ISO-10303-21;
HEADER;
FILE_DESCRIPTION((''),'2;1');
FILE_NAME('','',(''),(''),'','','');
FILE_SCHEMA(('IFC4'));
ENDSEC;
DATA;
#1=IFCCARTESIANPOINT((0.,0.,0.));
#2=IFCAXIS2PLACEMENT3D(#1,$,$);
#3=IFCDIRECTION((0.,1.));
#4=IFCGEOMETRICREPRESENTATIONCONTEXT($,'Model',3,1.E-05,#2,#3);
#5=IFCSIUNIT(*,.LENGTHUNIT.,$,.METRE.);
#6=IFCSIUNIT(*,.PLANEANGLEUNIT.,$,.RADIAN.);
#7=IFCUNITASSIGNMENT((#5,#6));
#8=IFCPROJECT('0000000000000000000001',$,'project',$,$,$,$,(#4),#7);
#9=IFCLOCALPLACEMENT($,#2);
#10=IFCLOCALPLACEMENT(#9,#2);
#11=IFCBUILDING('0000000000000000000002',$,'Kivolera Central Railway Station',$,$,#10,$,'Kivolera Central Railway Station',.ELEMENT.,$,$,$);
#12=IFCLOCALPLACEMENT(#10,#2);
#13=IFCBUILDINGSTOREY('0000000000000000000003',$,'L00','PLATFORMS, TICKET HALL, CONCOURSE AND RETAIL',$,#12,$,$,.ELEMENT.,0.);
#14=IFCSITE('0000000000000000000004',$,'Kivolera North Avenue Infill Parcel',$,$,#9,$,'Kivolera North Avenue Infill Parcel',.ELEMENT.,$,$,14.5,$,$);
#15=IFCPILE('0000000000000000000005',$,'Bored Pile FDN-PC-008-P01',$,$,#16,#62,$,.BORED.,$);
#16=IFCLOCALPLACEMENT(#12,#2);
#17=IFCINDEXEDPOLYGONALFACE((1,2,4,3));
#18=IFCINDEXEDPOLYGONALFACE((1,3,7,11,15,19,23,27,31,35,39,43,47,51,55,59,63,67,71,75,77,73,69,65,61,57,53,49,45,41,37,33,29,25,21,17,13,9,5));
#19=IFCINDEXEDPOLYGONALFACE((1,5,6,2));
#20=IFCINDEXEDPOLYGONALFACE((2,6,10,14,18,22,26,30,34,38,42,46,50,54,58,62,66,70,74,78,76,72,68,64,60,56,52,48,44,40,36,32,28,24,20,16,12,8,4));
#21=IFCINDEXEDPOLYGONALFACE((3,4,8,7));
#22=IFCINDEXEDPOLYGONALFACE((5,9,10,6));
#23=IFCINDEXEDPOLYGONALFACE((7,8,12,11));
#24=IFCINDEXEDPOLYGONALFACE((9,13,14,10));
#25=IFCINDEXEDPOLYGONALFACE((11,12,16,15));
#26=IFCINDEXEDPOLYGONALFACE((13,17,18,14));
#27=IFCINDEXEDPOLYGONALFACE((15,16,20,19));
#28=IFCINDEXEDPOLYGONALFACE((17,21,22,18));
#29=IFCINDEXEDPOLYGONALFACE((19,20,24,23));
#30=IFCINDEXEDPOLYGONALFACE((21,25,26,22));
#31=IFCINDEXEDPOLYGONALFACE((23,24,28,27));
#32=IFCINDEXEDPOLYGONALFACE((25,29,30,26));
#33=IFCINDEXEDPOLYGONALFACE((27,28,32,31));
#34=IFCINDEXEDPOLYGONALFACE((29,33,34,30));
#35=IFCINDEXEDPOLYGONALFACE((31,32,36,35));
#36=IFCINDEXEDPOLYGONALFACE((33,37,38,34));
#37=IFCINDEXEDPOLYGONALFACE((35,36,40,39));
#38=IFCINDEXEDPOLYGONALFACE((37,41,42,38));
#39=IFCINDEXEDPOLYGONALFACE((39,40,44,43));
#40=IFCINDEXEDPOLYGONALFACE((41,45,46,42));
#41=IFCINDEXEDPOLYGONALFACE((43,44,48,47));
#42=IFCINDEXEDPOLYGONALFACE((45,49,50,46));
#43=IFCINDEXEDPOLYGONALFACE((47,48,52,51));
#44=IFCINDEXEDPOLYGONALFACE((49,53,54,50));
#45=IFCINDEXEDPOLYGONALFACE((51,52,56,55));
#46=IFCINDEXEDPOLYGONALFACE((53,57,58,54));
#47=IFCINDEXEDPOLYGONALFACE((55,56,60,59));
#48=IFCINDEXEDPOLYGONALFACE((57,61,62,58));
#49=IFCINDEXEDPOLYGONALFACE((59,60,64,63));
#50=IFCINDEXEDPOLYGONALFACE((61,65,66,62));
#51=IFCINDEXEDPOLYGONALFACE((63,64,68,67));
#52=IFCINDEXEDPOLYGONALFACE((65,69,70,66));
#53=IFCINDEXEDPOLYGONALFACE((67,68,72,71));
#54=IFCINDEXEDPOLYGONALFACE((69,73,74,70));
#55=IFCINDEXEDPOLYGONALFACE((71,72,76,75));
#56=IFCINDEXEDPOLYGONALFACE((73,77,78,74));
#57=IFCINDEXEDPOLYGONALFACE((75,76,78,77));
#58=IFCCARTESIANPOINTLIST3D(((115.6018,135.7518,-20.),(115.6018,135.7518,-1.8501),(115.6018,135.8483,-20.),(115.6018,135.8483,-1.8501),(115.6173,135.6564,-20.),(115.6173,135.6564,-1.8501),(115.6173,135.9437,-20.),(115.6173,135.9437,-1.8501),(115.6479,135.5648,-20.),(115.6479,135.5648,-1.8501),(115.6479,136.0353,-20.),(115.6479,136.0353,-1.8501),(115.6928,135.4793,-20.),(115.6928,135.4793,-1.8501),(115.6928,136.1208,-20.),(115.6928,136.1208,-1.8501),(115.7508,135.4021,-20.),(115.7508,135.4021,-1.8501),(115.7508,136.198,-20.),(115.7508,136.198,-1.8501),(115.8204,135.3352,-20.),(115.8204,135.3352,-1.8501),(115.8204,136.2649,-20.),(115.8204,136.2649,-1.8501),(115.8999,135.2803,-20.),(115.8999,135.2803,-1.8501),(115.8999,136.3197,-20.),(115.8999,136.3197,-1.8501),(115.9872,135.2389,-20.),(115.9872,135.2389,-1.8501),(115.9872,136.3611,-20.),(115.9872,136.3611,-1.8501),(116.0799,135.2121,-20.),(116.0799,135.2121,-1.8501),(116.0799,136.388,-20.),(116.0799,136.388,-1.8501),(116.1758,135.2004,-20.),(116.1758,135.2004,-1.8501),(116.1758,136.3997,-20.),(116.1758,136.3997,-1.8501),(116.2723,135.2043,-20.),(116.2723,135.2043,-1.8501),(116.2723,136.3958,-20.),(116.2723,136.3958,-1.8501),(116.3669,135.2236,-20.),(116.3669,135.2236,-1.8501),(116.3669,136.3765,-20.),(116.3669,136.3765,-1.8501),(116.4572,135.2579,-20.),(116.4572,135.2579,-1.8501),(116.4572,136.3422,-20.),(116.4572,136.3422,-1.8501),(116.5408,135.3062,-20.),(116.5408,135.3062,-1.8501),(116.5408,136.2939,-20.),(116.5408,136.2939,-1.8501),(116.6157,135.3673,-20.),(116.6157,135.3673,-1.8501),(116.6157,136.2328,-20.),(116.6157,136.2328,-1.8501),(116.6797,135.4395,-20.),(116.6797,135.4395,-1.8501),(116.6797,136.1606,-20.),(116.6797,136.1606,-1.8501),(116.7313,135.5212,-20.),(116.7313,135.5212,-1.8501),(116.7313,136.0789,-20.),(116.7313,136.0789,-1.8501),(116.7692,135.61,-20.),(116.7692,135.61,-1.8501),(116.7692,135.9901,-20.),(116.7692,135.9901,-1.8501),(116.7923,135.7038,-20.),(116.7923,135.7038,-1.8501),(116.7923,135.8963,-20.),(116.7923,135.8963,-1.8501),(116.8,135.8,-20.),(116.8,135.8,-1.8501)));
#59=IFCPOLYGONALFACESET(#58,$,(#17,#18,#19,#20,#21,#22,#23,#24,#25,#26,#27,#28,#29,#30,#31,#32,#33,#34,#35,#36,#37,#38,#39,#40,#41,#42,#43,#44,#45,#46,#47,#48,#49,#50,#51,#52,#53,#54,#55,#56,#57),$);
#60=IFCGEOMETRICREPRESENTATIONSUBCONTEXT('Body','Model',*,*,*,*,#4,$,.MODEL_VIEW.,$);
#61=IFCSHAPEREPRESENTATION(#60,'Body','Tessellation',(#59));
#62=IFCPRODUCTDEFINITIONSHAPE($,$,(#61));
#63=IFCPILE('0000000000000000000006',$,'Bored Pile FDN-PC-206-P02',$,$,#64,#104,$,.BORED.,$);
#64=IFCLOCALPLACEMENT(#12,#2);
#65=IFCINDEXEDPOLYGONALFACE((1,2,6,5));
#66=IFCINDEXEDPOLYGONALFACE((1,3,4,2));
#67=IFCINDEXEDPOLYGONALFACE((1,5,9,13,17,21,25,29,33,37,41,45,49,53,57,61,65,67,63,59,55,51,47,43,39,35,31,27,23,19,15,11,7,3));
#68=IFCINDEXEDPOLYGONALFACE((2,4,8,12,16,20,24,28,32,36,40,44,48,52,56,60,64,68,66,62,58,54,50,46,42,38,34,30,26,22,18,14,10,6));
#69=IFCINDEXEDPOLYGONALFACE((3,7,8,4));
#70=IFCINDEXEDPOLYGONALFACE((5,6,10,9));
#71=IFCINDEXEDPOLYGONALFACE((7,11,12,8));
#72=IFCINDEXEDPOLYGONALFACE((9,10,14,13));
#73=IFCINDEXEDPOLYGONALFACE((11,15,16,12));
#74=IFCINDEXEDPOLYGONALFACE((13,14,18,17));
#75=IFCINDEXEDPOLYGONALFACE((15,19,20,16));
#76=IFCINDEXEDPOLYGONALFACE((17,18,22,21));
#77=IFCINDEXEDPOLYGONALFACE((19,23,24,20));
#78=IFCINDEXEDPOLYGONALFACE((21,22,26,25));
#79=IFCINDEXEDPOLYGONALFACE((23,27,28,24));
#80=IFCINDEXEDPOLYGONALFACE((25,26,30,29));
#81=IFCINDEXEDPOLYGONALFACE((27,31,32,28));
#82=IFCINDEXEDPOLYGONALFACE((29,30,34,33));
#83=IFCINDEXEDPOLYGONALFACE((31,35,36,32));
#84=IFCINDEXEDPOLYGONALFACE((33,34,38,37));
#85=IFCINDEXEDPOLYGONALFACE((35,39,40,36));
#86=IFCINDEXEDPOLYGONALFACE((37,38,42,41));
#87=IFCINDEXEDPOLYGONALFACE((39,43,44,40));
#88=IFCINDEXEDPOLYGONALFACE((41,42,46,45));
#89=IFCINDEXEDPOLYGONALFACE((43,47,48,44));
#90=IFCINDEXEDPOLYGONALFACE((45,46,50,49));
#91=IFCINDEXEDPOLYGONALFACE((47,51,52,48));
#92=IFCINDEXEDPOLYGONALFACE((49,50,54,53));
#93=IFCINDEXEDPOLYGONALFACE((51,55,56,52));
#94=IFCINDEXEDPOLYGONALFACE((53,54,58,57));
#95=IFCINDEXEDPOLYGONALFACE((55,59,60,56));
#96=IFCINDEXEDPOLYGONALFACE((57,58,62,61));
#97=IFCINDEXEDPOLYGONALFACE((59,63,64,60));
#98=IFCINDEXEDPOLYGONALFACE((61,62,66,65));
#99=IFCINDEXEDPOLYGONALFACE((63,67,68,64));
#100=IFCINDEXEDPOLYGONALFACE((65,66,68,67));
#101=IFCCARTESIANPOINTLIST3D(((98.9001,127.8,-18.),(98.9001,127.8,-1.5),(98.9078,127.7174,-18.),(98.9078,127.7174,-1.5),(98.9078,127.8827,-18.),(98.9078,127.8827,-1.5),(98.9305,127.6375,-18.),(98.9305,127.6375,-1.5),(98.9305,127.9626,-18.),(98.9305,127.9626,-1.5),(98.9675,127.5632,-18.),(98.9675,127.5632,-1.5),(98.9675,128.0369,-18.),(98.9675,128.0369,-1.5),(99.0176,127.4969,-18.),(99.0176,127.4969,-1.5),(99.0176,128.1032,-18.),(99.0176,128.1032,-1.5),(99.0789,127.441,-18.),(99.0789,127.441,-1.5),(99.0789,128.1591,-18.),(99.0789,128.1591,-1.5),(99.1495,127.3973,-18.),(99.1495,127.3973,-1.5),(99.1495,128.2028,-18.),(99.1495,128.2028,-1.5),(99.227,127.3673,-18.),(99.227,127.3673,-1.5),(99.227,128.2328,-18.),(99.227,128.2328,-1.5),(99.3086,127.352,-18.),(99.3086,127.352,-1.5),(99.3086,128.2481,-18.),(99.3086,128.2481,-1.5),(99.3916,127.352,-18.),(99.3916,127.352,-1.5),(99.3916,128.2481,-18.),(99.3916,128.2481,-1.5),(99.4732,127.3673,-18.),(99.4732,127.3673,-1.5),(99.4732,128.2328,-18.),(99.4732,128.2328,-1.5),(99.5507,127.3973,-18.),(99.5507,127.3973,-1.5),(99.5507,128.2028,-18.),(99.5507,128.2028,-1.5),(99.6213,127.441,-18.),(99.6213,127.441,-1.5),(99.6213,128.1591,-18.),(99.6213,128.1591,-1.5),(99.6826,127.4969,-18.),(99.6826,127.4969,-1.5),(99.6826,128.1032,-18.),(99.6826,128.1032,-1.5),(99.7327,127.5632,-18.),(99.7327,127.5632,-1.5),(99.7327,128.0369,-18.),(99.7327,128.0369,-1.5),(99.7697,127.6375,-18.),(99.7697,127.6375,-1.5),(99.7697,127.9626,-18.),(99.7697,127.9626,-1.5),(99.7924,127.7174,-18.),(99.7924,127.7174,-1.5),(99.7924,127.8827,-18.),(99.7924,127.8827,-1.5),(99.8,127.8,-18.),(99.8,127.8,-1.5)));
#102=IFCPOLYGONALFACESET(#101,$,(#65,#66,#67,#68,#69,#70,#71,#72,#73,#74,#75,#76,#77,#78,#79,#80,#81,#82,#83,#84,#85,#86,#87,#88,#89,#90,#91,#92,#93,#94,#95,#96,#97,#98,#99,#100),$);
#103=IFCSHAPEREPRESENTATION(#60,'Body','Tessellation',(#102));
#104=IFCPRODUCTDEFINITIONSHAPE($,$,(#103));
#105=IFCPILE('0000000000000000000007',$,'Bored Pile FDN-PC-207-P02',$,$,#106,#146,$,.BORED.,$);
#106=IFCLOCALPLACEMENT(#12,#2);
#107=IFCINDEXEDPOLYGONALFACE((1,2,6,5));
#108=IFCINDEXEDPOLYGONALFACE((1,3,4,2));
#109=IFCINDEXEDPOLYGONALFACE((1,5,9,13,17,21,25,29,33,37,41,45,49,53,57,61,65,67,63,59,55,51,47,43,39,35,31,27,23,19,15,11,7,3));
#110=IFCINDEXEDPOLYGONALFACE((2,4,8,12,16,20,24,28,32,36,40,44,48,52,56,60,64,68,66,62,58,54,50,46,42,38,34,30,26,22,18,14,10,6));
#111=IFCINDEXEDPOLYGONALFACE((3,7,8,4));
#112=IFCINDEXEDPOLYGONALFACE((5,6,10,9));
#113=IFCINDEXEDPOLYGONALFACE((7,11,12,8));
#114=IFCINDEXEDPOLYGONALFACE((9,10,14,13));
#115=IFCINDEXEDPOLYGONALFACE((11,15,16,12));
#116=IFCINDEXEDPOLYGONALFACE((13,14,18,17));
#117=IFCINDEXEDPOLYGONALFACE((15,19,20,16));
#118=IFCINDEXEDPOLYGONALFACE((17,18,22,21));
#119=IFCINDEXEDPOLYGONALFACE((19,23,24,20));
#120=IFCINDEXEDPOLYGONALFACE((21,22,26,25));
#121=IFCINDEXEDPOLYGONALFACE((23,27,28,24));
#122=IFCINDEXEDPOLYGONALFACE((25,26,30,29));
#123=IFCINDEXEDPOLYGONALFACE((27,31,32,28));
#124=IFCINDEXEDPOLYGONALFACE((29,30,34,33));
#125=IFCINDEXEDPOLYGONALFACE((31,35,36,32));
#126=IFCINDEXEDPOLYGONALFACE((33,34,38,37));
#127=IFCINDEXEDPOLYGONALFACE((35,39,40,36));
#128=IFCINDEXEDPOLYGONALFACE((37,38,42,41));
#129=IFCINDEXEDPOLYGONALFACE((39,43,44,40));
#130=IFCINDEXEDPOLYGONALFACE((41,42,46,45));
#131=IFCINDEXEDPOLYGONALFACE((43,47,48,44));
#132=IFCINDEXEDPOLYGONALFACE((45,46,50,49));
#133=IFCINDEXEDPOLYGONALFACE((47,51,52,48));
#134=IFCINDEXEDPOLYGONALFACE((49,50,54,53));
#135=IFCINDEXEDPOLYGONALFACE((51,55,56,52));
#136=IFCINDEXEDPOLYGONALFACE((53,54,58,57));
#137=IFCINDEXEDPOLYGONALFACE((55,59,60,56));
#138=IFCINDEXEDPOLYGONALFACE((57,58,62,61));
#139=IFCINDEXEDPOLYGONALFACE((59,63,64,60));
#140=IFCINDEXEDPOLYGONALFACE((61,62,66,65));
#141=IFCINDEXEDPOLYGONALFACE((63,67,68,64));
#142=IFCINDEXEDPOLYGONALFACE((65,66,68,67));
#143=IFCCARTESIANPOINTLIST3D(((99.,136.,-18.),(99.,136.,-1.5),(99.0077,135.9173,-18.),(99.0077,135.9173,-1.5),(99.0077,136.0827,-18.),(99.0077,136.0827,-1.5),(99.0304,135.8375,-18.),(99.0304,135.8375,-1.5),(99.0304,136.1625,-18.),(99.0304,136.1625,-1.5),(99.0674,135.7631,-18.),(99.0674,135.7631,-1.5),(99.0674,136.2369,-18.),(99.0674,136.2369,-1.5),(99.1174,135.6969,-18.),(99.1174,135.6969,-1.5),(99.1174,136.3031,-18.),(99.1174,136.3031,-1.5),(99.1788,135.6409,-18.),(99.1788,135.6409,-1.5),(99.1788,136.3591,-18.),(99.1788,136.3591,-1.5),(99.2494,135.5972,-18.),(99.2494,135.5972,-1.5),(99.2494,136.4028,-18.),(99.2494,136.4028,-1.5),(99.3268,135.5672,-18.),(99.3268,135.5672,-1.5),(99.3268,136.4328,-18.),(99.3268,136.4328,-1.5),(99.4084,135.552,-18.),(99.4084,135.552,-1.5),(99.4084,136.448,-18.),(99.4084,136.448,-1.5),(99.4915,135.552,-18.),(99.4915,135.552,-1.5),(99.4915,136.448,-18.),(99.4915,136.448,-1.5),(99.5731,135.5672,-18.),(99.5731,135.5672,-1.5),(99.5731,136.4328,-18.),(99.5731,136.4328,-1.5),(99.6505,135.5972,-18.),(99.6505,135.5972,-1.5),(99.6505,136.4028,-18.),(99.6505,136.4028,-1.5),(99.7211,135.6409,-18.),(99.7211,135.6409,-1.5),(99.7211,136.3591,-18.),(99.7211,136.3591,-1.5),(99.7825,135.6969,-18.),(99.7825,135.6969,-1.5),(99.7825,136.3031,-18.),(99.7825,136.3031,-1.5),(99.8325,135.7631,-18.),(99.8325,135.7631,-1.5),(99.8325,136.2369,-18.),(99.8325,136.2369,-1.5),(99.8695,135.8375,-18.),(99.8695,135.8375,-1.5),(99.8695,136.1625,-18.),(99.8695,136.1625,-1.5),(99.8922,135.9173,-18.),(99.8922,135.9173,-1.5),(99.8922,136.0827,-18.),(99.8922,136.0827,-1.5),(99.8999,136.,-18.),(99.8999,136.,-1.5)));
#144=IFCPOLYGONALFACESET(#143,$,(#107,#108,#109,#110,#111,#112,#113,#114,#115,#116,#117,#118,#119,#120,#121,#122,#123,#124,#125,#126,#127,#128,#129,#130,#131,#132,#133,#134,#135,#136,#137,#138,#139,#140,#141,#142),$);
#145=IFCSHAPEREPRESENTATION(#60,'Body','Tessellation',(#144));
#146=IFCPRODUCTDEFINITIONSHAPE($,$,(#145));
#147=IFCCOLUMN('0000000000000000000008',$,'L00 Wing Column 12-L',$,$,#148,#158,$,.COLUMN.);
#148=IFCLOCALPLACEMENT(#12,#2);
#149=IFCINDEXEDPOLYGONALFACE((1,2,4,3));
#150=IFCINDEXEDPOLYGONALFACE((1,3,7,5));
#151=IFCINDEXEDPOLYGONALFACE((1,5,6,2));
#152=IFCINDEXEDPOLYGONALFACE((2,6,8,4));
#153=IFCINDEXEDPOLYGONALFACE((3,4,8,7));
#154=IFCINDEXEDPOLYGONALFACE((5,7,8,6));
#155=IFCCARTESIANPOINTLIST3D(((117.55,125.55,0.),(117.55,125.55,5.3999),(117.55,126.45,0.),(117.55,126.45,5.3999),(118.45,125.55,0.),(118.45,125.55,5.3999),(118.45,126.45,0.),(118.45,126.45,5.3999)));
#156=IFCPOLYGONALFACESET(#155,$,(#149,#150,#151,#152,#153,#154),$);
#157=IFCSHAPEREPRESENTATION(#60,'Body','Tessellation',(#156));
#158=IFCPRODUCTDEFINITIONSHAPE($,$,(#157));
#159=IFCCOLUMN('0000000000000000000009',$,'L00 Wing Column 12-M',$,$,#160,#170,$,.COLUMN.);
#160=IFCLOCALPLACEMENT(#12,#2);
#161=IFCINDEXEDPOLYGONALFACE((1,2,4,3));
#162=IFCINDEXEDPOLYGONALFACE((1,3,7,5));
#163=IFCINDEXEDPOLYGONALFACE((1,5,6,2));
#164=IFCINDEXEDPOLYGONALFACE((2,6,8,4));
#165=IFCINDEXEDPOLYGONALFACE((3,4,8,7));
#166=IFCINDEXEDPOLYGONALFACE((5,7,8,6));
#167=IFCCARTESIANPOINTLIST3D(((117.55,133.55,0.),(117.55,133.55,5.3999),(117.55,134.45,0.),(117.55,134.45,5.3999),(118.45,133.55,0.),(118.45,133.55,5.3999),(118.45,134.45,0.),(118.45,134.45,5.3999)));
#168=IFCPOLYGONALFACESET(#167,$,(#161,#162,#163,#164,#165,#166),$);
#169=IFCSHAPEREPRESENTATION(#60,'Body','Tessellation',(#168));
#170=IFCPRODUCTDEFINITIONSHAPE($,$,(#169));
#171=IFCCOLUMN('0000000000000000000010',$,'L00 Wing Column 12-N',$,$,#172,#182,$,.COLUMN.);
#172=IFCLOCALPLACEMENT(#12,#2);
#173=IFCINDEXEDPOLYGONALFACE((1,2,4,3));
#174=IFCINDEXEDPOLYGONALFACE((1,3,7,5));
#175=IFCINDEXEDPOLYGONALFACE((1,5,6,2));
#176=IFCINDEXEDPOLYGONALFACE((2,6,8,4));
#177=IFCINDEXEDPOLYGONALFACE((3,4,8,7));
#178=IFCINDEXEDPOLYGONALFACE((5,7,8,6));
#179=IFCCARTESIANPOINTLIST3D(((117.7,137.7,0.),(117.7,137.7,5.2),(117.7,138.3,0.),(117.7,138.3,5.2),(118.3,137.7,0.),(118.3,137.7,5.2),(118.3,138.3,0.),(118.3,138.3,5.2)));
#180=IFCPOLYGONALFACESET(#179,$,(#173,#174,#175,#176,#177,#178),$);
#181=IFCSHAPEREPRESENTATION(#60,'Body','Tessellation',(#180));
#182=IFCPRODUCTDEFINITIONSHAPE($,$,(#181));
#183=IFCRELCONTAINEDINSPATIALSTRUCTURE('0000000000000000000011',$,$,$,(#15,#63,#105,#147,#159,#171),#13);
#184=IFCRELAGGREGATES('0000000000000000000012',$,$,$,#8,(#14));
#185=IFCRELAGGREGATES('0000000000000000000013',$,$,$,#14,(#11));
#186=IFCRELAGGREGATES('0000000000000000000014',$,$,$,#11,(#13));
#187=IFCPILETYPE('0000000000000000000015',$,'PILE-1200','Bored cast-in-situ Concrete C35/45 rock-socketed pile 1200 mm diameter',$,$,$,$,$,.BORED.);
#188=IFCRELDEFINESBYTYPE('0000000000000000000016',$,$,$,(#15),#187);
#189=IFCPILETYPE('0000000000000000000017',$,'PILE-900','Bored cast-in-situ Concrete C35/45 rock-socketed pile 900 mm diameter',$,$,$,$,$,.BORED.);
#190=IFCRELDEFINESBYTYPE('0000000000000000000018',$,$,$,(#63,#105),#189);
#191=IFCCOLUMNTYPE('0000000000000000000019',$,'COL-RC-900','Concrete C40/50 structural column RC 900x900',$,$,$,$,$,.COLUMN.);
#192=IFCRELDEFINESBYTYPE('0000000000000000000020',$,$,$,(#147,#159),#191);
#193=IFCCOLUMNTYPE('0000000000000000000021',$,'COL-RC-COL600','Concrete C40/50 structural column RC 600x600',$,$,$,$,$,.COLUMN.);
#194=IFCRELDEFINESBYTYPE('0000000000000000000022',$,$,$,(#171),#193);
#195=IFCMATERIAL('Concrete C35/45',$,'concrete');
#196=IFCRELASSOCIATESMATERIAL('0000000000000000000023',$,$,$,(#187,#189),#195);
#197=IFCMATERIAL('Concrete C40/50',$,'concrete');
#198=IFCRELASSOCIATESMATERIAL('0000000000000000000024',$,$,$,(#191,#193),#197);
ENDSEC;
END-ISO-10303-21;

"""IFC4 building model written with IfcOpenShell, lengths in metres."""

from ifc_helpers import new_model, si_unit, direction, frame, origin, origin_2d, place, context, subcontext, project, spatial, rectangle, circle, extrude, material, material_profile, profile_set, type_object, element, save


model = new_model("IFC4")

# Units and contexts
model_context = context("Model", 3, precision=1e-05, world=origin(), true_north=direction((0.0, 1.0)))
body_context = subcontext(model_context, "Body", "Model", "MODEL_VIEW")
ifc_project = project(units=[si_unit("LENGTHUNIT", "METRE"), si_unit("PLANEANGLEUNIT", "RADIAN")], contexts=[model_context])

# Site, building, storey
site_placement = place(None, origin())
site = spatial("IfcSite", under=ifc_project, at=site_placement, Name="Kivolera North Avenue Infill Parcel", LongName="Kivolera North Avenue Infill Parcel", CompositionType="ELEMENT", RefElevation=14.5)
building_placement = place(site_placement, origin())
building = spatial("IfcBuilding", under=site, at=building_placement, Name="Kivolera Central Railway Station", LongName="Kivolera Central Railway Station", CompositionType="ELEMENT")
storey_placement = place(building_placement, origin())
storey = spatial("IfcBuildingStorey", under=building, at=storey_placement, Name="L00", Description="PLATFORMS, TICKET HALL, CONCOURSE AND RETAIL", CompositionType="ELEMENT", Elevation=0.0)

# Shared definitions
ifc_material_1 = material(Name="Concrete C35/45", Category="concrete")

# Piles
ifc_material_profile_1 = material_profile(ifc_material_1, circle(Radius=0.6001, at=origin_2d()), Name="PILE D1200")
ifc_profile_set_1 = profile_set([ifc_material_profile_1], Name="Concrete C35/45")
pile_type_1 = type_object("IfcPileType", Name="PILE-1200", Description="Bored cast-in-situ Concrete C35/45 rock-socketed pile 1200 mm diameter", PredefinedType="BORED", material=ifc_profile_set_1)
for number, where, z_axis, x_axis, name in (
    (1, (116.2, 135.8, -1.8501), (0.0, 0.0, -1.0), (1.0, 0.0, 0.0), "Bored Pile FDN-PC-008-P01"),
):
    element("IfcPile", number, at=place(storey_placement, frame(where, z_axis=z_axis, x_axis=x_axis)), inside=storey, type_object=pile_type_1, Name=name, PredefinedType="BORED", context=body_context, shape_type="SweptSolid", body=[
        extrude(circle(Radius=0.6001, at=origin_2d()), origin(), (0.0, 0.0, 1.0), 18.1499),
    ])
ifc_material_profile_2 = material_profile(ifc_material_1, circle(Radius=0.45, at=origin_2d()), Name="PILE D900")
ifc_profile_set_2 = profile_set([ifc_material_profile_2], Name="Concrete C35/45")
pile_type_2 = type_object("IfcPileType", Name="PILE-900", Description="Bored cast-in-situ Concrete C35/45 rock-socketed pile 900 mm diameter", PredefinedType="BORED", material=ifc_profile_set_2)
for number, where, z_axis, x_axis, name in (
    (2, (99.3501, 127.8, -1.5), (0.0, 0.0, -1.0), (1.0, 0.0, 0.0), "Bored Pile FDN-PC-206-P02"),
    (3, (99.45, 136.0, -1.5), (0.0, 0.0, -1.0), (1.0, 0.0, 0.0), "Bored Pile FDN-PC-207-P02"),
):
    element("IfcPile", number, at=place(storey_placement, frame(where, z_axis=z_axis, x_axis=x_axis)), inside=storey, type_object=pile_type_2, Name=name, PredefinedType="BORED", context=body_context, shape_type="SweptSolid", body=[
        extrude(circle(Radius=0.45, at=origin_2d()), origin(), (0.0, 0.0, 1.0), 16.5),
    ])

# Columns
ifc_material_2 = material(Name="Concrete C40/50", Category="concrete")
ifc_material_profile_3 = material_profile(ifc_material_2, rectangle(XDim=0.8999, YDim=0.8999, at=origin_2d()), Name="RC 900x900")
ifc_profile_set_3 = profile_set([ifc_material_profile_3], Name="Concrete C40/50")
column_type_1 = type_object("IfcColumnType", Name="COL-RC-900", Description="Concrete C40/50 structural column RC 900x900", PredefinedType="COLUMN", material=ifc_profile_set_3)
for number, where, z_axis, x_axis, name in (
    (4, (118.0, 126.0, 0.0), (0.0, 0.0, 1.0), (1.0, 0.0, 0.0), "L00 Wing Column 12-L"),
    (5, (118.0, 134.0, 0.0), (0.0, 0.0, 1.0), (1.0, 0.0, 0.0), "L00 Wing Column 12-M"),
):
    element("IfcColumn", number, at=place(storey_placement, frame(where, z_axis=z_axis, x_axis=x_axis)), inside=storey, type_object=column_type_1, Name=name, PredefinedType="COLUMN", context=body_context, shape_type="SweptSolid", body=[
        extrude(rectangle(XDim=0.8999, YDim=0.8999, at=origin_2d()), origin(), (0.0, 0.0, 1.0), 5.3999),
    ])
ifc_material_profile_4 = material_profile(ifc_material_2, rectangle(XDim=0.6001, YDim=0.6001, at=origin_2d()), Name="RC 600x600")
ifc_profile_set_4 = profile_set([ifc_material_profile_4], Name="Concrete C40/50")
column_type_2 = type_object("IfcColumnType", Name="COL-RC-COL600", Description="Concrete C40/50 structural column RC 600x600", PredefinedType="COLUMN", material=ifc_profile_set_4)
column_placement = place(storey_placement, frame((118.0, 138.0, 0.0), z_axis=(0.0, 0.0, 1.0), x_axis=(1.0, 0.0, 0.0)))
element("IfcColumn", 6, at=column_placement, inside=storey, type_object=column_type_2, Name="L00 Wing Column 12-N", PredefinedType="COLUMN", context=body_context, shape_type="SweptSolid", body=[
    extrude(rectangle(XDim=0.6001, YDim=0.6001, at=origin_2d()), origin(), (0.0, 0.0, 1.0), 5.2),
])

save(model, "model.ifc")
